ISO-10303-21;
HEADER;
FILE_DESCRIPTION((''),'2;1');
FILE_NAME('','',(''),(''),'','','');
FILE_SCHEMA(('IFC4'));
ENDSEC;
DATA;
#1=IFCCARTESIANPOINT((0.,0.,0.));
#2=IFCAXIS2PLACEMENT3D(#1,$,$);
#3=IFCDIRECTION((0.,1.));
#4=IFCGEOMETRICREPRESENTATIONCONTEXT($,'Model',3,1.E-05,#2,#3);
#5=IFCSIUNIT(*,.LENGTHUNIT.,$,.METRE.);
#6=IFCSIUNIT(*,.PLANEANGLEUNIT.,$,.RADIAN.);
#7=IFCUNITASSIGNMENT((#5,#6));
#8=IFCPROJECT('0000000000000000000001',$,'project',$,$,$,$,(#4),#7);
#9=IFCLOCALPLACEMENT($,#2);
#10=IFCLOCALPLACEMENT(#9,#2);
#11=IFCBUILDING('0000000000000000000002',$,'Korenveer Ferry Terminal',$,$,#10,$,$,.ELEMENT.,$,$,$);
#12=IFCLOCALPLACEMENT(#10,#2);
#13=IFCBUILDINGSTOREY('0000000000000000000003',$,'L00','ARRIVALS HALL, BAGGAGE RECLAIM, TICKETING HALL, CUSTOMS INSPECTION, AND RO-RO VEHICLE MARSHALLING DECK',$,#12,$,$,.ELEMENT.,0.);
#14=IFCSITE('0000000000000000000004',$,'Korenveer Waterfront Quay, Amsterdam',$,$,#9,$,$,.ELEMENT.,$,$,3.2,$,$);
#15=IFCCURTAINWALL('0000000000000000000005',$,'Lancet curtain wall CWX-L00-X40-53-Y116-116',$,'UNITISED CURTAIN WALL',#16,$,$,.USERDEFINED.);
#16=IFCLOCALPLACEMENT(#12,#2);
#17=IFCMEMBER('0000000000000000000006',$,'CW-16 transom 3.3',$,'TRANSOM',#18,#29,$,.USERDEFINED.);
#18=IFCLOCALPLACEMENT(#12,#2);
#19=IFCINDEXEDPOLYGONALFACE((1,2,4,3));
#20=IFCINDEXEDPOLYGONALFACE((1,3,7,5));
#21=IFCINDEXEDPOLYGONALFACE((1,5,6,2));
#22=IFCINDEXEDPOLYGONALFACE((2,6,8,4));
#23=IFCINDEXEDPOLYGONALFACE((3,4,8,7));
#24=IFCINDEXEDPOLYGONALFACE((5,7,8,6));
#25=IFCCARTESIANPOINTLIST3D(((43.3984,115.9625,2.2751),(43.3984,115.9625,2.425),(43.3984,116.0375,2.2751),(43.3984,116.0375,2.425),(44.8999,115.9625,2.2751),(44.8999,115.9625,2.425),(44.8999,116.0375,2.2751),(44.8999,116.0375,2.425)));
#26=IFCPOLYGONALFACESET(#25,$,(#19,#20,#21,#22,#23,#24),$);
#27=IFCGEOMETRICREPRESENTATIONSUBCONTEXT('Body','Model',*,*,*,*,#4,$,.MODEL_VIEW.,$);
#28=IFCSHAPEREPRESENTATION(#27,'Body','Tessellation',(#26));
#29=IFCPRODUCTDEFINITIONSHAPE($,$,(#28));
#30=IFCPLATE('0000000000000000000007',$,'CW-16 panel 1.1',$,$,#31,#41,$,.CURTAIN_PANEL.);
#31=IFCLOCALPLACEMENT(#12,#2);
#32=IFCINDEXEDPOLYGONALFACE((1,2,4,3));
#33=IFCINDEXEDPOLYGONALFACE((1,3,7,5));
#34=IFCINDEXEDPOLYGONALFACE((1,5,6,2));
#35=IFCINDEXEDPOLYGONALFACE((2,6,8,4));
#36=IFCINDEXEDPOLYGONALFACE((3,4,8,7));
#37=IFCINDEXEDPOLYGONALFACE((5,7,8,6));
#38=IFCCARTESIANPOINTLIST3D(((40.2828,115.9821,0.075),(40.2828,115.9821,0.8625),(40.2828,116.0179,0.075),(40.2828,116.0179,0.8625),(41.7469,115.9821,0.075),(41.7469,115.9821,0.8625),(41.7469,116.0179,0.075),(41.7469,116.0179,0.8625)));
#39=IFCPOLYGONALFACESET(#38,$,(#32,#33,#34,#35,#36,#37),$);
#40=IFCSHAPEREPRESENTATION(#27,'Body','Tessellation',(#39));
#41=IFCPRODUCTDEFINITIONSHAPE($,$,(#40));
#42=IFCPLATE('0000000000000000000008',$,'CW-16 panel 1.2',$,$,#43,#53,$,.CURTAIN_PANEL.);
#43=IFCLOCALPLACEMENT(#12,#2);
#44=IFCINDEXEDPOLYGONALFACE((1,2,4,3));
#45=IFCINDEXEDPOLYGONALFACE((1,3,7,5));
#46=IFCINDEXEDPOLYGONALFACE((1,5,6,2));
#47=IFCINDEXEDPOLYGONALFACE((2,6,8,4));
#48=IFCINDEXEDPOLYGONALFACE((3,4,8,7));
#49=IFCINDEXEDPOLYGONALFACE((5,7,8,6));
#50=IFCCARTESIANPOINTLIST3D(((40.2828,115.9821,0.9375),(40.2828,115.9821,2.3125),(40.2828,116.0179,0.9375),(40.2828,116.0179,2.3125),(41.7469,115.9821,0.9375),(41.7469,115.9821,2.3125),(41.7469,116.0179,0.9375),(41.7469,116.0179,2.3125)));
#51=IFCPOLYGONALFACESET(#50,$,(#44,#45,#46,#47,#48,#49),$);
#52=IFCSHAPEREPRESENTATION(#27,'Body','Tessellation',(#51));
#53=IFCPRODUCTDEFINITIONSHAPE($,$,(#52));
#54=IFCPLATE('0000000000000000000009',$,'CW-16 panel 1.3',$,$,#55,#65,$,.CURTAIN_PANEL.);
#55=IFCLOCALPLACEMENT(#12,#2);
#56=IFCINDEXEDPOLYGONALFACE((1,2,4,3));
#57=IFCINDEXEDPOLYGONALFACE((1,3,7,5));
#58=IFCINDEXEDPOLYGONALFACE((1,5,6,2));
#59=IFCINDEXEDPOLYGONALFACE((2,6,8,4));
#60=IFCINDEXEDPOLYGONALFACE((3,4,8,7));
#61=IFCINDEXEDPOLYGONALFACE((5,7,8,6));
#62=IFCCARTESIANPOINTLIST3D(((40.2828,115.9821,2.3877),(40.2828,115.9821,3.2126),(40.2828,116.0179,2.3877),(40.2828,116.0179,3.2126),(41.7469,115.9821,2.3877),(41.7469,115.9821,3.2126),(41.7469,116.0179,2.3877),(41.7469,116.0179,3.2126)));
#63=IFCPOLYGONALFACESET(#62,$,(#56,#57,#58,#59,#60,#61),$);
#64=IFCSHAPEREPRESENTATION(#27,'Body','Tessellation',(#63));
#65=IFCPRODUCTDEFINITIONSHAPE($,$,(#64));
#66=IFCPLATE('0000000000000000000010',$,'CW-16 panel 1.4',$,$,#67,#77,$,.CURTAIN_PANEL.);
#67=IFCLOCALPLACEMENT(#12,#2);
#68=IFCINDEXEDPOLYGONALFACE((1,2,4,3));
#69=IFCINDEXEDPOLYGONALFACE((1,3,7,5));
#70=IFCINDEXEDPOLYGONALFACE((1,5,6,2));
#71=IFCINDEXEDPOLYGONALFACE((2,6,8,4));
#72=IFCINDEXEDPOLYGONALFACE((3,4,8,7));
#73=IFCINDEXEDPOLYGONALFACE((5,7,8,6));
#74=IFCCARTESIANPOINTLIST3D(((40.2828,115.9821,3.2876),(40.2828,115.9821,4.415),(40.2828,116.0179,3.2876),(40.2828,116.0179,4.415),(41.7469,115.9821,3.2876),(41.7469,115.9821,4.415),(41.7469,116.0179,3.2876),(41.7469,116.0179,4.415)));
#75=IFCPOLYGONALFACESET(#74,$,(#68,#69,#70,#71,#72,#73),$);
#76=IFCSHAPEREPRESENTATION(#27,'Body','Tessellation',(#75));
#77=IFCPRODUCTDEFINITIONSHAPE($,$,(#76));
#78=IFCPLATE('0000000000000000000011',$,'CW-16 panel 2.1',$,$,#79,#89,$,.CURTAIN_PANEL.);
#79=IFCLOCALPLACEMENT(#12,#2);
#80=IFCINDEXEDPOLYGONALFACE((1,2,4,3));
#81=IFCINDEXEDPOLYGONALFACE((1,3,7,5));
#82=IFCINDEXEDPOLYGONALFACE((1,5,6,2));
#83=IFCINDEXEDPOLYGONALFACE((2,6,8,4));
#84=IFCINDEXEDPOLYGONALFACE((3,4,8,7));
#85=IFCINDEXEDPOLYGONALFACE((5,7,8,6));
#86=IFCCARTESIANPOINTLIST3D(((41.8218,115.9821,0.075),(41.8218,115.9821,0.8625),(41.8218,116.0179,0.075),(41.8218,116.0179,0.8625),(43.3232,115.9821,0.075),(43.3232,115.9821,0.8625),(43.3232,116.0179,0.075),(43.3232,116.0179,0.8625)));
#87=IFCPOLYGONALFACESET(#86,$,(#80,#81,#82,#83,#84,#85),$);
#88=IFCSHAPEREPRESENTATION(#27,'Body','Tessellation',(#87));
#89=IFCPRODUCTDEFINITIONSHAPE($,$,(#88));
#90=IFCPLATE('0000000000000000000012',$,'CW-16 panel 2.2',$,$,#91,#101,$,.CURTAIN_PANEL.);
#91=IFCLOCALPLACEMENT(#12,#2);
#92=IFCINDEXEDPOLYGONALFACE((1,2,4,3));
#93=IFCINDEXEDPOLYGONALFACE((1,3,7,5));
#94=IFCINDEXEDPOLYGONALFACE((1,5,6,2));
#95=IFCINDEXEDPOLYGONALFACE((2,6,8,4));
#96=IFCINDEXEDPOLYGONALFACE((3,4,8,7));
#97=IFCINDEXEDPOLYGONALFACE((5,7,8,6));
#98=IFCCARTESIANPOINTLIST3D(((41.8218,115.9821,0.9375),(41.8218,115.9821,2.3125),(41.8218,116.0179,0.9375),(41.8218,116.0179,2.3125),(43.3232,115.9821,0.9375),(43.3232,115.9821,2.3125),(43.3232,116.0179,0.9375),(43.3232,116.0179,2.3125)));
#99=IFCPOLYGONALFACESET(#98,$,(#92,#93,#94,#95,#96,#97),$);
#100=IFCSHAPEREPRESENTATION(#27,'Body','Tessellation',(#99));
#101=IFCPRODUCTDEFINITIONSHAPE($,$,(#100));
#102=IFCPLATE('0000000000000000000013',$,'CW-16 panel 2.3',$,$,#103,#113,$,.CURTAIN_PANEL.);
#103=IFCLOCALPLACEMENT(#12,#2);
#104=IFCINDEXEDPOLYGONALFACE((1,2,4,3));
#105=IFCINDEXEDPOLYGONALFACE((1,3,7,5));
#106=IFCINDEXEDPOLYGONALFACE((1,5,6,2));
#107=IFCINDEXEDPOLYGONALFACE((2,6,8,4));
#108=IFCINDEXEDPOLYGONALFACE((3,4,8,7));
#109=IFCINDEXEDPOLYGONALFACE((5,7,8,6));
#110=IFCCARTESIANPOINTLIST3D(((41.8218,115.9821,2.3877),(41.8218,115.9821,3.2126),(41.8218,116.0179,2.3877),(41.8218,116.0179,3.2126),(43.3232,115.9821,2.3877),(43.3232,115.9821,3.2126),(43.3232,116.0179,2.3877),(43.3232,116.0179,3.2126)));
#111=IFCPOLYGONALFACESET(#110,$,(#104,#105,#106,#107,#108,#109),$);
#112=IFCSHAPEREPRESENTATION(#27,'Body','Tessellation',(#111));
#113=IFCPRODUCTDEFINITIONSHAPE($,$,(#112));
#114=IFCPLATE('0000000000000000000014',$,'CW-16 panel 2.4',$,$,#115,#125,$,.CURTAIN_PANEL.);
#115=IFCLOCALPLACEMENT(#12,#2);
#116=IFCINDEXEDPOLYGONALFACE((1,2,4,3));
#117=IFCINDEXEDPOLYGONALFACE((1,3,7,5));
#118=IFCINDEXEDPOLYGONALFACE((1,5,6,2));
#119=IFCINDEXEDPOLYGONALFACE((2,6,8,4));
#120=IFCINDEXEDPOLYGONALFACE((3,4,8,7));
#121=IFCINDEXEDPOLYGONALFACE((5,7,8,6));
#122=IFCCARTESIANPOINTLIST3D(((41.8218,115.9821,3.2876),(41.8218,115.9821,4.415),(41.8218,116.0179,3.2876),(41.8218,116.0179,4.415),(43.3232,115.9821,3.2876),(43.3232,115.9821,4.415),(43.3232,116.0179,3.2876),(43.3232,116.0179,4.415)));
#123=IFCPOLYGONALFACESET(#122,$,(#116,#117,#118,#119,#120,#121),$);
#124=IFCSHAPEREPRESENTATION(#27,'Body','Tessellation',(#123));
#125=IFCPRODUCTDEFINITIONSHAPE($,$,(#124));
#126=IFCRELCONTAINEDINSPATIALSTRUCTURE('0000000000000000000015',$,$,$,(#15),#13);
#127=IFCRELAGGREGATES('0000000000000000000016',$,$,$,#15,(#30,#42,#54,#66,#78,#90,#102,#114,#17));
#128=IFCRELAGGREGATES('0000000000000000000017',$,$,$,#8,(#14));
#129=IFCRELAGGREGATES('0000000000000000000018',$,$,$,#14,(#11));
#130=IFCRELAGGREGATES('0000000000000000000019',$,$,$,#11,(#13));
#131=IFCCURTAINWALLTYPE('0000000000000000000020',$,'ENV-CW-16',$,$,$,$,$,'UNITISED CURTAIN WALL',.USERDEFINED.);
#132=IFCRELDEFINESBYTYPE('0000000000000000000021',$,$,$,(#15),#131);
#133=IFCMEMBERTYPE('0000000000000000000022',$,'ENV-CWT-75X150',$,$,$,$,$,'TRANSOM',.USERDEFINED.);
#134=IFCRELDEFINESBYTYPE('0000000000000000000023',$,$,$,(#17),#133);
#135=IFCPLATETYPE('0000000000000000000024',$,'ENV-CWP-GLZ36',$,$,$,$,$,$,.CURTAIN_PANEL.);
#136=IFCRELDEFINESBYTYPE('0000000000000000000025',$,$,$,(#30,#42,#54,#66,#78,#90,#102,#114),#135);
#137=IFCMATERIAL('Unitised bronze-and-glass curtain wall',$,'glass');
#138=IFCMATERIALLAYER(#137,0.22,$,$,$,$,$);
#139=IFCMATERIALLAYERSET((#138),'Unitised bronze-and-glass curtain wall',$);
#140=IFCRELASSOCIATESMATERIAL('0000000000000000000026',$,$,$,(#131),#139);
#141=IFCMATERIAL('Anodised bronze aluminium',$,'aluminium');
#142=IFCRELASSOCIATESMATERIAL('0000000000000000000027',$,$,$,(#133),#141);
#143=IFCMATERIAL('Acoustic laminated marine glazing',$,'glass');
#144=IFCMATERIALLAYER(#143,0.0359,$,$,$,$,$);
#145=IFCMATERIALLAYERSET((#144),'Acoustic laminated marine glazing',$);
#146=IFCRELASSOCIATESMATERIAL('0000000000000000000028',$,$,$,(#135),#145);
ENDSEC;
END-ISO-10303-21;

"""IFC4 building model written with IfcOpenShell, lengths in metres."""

from ifc_helpers import new_model, si_unit, direction, frame, origin, origin_2d, place, context, subcontext, project, spatial, rectangle, extrude, material, layer, layer_set, material_profile, profile_set, type_object, element, aggregate, save


model = new_model("IFC4")

# Units and contexts
model_context = context("Model", 3, precision=1e-05, world=origin(), true_north=direction((0.0, 1.0)))
body_context = subcontext(model_context, "Body", "Model", "MODEL_VIEW")
ifc_project = project(units=[si_unit("LENGTHUNIT", "METRE"), si_unit("PLANEANGLEUNIT", "RADIAN")], contexts=[model_context])

# Site, building, storey
site_placement = place(None, origin())
site = spatial("IfcSite", under=ifc_project, at=site_placement, Name="Korenveer Waterfront Quay, Amsterdam", CompositionType="ELEMENT", RefElevation=3.2)
building_placement = place(site_placement, origin())
building = spatial("IfcBuilding", under=site, at=building_placement, Name="Korenveer Ferry Terminal", CompositionType="ELEMENT")
storey_placement = place(building_placement, origin())
storey = spatial("IfcBuildingStorey", under=building, at=storey_placement, Name="L00", Description="ARRIVALS HALL, BAGGAGE RECLAIM, TICKETING HALL, CUSTOMS INSPECTION, AND RO-RO VEHICLE MARSHALLING DECK", CompositionType="ELEMENT", Elevation=0.0)

# Curtain wall, member, plates
ifc_material_1 = material(Name="Unitised bronze-and-glass curtain wall", Category="glass")
ifc_layer_1 = layer(ifc_material_1, 0.22)
ifc_layer_set_1 = layer_set([ifc_layer_1], Name="Unitised bronze-and-glass curtain wall")
curtain_wall_type = type_object("IfcCurtainWallType", Name="ENV-CW-16", ElementType="UNITISED CURTAIN WALL", PredefinedType="USERDEFINED", material=ifc_layer_set_1)
curtain_wall_placement = place(storey_placement, frame((40.2078, 116.0, 0.0)))
curtain_wall = element("IfcCurtainWall", 1, at=curtain_wall_placement, inside=storey, type_object=curtain_wall_type, Name="Lancet curtain wall CWX-L00-X40-53-Y116-116", ObjectType="UNITISED CURTAIN WALL", PredefinedType="USERDEFINED")
ifc_material_2 = material(Name="Anodised bronze aluminium", Category="aluminium")
ifc_material_profile_1 = material_profile(ifc_material_2, rectangle(XDim=0.075, YDim=0.1499, at=origin_2d()), Name="ALU 75x150")
ifc_profile_set_1 = profile_set([ifc_material_profile_1], Name="Anodised bronze aluminium")
member_type_1 = type_object("IfcMemberType", Name="ENV-CWT-75X150", ElementType="TRANSOM", PredefinedType="USERDEFINED", material=ifc_profile_set_1)
member_1_placement = place(storey_placement, frame((43.3984, 116.0, 2.3501), z_axis=(1.0, 0.0, 0.0), x_axis=(0.0, 1.0, 0.0)))
member_1 = element("IfcMember", 2, at=member_1_placement, type_object=member_type_1, Name="CW-16 transom 3.3", ObjectType="TRANSOM", PredefinedType="USERDEFINED", context=body_context, shape_type="SweptSolid", body=[
    extrude(rectangle(XDim=0.075, YDim=0.1499, at=origin_2d()), origin(), (0.0, 0.0, 1.0), 1.5015),
])
ifc_material_3 = material(Name="Acoustic laminated marine glazing", Category="glass")
ifc_layer_2 = layer(ifc_material_3, 0.0359)
ifc_layer_set_2 = layer_set([ifc_layer_2], Name="Acoustic laminated marine glazing")
plate_type = type_object("IfcPlateType", Name="ENV-CWP-GLZ36", PredefinedType="CURTAIN_PANEL", material=ifc_layer_set_2)
plate_1_placement = place(storey_placement, frame((41.0149, 116.0, 0.075), z_axis=(0.0, 0.0, 1.0), x_axis=(1.0, 0.0, 0.0)))
plate_1 = element("IfcPlate", 3, at=plate_1_placement, type_object=plate_type, Name="CW-16 panel 1.1", PredefinedType="CURTAIN_PANEL", context=body_context, shape_type="SweptSolid", body=[
    extrude(rectangle(XDim=1.4641, YDim=0.0359, at=origin_2d()), origin(), (0.0, 0.0, 1.0), 0.7876),
])
plate_2_placement = place(storey_placement, frame((41.0149, 116.0, 0.9375), z_axis=(0.0, 0.0, 1.0), x_axis=(1.0, 0.0, 0.0)))
plate_2 = element("IfcPlate", 4, at=plate_2_placement, type_object=plate_type, Name="CW-16 panel 1.2", PredefinedType="CURTAIN_PANEL", context=body_context, shape_type="SweptSolid", body=[
    extrude(rectangle(XDim=1.4641, YDim=0.0359, at=origin_2d()), origin(), (0.0, 0.0, 1.0), 1.375),
])
plate_3_placement = place(storey_placement, frame((41.0149, 116.0, 2.3877), z_axis=(0.0, 0.0, 1.0), x_axis=(1.0, 0.0, 0.0)))
plate_3 = element("IfcPlate", 5, at=plate_3_placement, type_object=plate_type, Name="CW-16 panel 1.3", PredefinedType="CURTAIN_PANEL", context=body_context, shape_type="SweptSolid", body=[
    extrude(rectangle(XDim=1.4641, YDim=0.0359, at=origin_2d()), origin(), (0.0, 0.0, 1.0), 0.825),
])
plate_4_placement = place(storey_placement, frame((41.0149, 116.0, 3.2876), z_axis=(0.0, 0.0, 1.0), x_axis=(1.0, 0.0, 0.0)))
plate_4 = element("IfcPlate", 6, at=plate_4_placement, type_object=plate_type, Name="CW-16 panel 1.4", PredefinedType="CURTAIN_PANEL", context=body_context, shape_type="SweptSolid", body=[
    extrude(rectangle(XDim=1.4641, YDim=0.0359, at=origin_2d()), origin(), (0.0, 0.0, 1.0), 1.1274),
])
plate_5_placement = place(storey_placement, frame((42.5725, 116.0, 0.075), z_axis=(0.0, 0.0, 1.0), x_axis=(1.0, 0.0, 0.0)))
plate_5 = element("IfcPlate", 7, at=plate_5_placement, type_object=plate_type, Name="CW-16 panel 2.1", PredefinedType="CURTAIN_PANEL", context=body_context, shape_type="SweptSolid", body=[
    extrude(rectangle(XDim=1.5015, YDim=0.0359, at=origin_2d()), origin(), (0.0, 0.0, 1.0), 0.7876),
])
plate_6_placement = place(storey_placement, frame((42.5725, 116.0, 0.9375), z_axis=(0.0, 0.0, 1.0), x_axis=(1.0, 0.0, 0.0)))
plate_6 = element("IfcPlate", 8, at=plate_6_placement, type_object=plate_type, Name="CW-16 panel 2.2", PredefinedType="CURTAIN_PANEL", context=body_context, shape_type="SweptSolid", body=[
    extrude(rectangle(XDim=1.5015, YDim=0.0359, at=origin_2d()), origin(), (0.0, 0.0, 1.0), 1.375),
])
plate_7_placement = place(storey_placement, frame((42.5725, 116.0, 2.3877), z_axis=(0.0, 0.0, 1.0), x_axis=(1.0, 0.0, 0.0)))
plate_7 = element("IfcPlate", 9, at=plate_7_placement, type_object=plate_type, Name="CW-16 panel 2.3", PredefinedType="CURTAIN_PANEL", context=body_context, shape_type="SweptSolid", body=[
    extrude(rectangle(XDim=1.5015, YDim=0.0359, at=origin_2d()), origin(), (0.0, 0.0, 1.0), 0.825),
])
plate_8_placement = place(storey_placement, frame((42.5725, 116.0, 3.2876), z_axis=(0.0, 0.0, 1.0), x_axis=(1.0, 0.0, 0.0)))
plate_8 = element("IfcPlate", 10, at=plate_8_placement, type_object=plate_type, Name="CW-16 panel 2.4", PredefinedType="CURTAIN_PANEL", context=body_context, shape_type="SweptSolid", body=[
    extrude(rectangle(XDim=1.5015, YDim=0.0359, at=origin_2d()), origin(), (0.0, 0.0, 1.0), 1.1274),
])
aggregate(curtain_wall, [plate_1, plate_2, plate_3, plate_4, plate_5, plate_6, plate_7, plate_8, member_1])

save(model, "model.ifc")
